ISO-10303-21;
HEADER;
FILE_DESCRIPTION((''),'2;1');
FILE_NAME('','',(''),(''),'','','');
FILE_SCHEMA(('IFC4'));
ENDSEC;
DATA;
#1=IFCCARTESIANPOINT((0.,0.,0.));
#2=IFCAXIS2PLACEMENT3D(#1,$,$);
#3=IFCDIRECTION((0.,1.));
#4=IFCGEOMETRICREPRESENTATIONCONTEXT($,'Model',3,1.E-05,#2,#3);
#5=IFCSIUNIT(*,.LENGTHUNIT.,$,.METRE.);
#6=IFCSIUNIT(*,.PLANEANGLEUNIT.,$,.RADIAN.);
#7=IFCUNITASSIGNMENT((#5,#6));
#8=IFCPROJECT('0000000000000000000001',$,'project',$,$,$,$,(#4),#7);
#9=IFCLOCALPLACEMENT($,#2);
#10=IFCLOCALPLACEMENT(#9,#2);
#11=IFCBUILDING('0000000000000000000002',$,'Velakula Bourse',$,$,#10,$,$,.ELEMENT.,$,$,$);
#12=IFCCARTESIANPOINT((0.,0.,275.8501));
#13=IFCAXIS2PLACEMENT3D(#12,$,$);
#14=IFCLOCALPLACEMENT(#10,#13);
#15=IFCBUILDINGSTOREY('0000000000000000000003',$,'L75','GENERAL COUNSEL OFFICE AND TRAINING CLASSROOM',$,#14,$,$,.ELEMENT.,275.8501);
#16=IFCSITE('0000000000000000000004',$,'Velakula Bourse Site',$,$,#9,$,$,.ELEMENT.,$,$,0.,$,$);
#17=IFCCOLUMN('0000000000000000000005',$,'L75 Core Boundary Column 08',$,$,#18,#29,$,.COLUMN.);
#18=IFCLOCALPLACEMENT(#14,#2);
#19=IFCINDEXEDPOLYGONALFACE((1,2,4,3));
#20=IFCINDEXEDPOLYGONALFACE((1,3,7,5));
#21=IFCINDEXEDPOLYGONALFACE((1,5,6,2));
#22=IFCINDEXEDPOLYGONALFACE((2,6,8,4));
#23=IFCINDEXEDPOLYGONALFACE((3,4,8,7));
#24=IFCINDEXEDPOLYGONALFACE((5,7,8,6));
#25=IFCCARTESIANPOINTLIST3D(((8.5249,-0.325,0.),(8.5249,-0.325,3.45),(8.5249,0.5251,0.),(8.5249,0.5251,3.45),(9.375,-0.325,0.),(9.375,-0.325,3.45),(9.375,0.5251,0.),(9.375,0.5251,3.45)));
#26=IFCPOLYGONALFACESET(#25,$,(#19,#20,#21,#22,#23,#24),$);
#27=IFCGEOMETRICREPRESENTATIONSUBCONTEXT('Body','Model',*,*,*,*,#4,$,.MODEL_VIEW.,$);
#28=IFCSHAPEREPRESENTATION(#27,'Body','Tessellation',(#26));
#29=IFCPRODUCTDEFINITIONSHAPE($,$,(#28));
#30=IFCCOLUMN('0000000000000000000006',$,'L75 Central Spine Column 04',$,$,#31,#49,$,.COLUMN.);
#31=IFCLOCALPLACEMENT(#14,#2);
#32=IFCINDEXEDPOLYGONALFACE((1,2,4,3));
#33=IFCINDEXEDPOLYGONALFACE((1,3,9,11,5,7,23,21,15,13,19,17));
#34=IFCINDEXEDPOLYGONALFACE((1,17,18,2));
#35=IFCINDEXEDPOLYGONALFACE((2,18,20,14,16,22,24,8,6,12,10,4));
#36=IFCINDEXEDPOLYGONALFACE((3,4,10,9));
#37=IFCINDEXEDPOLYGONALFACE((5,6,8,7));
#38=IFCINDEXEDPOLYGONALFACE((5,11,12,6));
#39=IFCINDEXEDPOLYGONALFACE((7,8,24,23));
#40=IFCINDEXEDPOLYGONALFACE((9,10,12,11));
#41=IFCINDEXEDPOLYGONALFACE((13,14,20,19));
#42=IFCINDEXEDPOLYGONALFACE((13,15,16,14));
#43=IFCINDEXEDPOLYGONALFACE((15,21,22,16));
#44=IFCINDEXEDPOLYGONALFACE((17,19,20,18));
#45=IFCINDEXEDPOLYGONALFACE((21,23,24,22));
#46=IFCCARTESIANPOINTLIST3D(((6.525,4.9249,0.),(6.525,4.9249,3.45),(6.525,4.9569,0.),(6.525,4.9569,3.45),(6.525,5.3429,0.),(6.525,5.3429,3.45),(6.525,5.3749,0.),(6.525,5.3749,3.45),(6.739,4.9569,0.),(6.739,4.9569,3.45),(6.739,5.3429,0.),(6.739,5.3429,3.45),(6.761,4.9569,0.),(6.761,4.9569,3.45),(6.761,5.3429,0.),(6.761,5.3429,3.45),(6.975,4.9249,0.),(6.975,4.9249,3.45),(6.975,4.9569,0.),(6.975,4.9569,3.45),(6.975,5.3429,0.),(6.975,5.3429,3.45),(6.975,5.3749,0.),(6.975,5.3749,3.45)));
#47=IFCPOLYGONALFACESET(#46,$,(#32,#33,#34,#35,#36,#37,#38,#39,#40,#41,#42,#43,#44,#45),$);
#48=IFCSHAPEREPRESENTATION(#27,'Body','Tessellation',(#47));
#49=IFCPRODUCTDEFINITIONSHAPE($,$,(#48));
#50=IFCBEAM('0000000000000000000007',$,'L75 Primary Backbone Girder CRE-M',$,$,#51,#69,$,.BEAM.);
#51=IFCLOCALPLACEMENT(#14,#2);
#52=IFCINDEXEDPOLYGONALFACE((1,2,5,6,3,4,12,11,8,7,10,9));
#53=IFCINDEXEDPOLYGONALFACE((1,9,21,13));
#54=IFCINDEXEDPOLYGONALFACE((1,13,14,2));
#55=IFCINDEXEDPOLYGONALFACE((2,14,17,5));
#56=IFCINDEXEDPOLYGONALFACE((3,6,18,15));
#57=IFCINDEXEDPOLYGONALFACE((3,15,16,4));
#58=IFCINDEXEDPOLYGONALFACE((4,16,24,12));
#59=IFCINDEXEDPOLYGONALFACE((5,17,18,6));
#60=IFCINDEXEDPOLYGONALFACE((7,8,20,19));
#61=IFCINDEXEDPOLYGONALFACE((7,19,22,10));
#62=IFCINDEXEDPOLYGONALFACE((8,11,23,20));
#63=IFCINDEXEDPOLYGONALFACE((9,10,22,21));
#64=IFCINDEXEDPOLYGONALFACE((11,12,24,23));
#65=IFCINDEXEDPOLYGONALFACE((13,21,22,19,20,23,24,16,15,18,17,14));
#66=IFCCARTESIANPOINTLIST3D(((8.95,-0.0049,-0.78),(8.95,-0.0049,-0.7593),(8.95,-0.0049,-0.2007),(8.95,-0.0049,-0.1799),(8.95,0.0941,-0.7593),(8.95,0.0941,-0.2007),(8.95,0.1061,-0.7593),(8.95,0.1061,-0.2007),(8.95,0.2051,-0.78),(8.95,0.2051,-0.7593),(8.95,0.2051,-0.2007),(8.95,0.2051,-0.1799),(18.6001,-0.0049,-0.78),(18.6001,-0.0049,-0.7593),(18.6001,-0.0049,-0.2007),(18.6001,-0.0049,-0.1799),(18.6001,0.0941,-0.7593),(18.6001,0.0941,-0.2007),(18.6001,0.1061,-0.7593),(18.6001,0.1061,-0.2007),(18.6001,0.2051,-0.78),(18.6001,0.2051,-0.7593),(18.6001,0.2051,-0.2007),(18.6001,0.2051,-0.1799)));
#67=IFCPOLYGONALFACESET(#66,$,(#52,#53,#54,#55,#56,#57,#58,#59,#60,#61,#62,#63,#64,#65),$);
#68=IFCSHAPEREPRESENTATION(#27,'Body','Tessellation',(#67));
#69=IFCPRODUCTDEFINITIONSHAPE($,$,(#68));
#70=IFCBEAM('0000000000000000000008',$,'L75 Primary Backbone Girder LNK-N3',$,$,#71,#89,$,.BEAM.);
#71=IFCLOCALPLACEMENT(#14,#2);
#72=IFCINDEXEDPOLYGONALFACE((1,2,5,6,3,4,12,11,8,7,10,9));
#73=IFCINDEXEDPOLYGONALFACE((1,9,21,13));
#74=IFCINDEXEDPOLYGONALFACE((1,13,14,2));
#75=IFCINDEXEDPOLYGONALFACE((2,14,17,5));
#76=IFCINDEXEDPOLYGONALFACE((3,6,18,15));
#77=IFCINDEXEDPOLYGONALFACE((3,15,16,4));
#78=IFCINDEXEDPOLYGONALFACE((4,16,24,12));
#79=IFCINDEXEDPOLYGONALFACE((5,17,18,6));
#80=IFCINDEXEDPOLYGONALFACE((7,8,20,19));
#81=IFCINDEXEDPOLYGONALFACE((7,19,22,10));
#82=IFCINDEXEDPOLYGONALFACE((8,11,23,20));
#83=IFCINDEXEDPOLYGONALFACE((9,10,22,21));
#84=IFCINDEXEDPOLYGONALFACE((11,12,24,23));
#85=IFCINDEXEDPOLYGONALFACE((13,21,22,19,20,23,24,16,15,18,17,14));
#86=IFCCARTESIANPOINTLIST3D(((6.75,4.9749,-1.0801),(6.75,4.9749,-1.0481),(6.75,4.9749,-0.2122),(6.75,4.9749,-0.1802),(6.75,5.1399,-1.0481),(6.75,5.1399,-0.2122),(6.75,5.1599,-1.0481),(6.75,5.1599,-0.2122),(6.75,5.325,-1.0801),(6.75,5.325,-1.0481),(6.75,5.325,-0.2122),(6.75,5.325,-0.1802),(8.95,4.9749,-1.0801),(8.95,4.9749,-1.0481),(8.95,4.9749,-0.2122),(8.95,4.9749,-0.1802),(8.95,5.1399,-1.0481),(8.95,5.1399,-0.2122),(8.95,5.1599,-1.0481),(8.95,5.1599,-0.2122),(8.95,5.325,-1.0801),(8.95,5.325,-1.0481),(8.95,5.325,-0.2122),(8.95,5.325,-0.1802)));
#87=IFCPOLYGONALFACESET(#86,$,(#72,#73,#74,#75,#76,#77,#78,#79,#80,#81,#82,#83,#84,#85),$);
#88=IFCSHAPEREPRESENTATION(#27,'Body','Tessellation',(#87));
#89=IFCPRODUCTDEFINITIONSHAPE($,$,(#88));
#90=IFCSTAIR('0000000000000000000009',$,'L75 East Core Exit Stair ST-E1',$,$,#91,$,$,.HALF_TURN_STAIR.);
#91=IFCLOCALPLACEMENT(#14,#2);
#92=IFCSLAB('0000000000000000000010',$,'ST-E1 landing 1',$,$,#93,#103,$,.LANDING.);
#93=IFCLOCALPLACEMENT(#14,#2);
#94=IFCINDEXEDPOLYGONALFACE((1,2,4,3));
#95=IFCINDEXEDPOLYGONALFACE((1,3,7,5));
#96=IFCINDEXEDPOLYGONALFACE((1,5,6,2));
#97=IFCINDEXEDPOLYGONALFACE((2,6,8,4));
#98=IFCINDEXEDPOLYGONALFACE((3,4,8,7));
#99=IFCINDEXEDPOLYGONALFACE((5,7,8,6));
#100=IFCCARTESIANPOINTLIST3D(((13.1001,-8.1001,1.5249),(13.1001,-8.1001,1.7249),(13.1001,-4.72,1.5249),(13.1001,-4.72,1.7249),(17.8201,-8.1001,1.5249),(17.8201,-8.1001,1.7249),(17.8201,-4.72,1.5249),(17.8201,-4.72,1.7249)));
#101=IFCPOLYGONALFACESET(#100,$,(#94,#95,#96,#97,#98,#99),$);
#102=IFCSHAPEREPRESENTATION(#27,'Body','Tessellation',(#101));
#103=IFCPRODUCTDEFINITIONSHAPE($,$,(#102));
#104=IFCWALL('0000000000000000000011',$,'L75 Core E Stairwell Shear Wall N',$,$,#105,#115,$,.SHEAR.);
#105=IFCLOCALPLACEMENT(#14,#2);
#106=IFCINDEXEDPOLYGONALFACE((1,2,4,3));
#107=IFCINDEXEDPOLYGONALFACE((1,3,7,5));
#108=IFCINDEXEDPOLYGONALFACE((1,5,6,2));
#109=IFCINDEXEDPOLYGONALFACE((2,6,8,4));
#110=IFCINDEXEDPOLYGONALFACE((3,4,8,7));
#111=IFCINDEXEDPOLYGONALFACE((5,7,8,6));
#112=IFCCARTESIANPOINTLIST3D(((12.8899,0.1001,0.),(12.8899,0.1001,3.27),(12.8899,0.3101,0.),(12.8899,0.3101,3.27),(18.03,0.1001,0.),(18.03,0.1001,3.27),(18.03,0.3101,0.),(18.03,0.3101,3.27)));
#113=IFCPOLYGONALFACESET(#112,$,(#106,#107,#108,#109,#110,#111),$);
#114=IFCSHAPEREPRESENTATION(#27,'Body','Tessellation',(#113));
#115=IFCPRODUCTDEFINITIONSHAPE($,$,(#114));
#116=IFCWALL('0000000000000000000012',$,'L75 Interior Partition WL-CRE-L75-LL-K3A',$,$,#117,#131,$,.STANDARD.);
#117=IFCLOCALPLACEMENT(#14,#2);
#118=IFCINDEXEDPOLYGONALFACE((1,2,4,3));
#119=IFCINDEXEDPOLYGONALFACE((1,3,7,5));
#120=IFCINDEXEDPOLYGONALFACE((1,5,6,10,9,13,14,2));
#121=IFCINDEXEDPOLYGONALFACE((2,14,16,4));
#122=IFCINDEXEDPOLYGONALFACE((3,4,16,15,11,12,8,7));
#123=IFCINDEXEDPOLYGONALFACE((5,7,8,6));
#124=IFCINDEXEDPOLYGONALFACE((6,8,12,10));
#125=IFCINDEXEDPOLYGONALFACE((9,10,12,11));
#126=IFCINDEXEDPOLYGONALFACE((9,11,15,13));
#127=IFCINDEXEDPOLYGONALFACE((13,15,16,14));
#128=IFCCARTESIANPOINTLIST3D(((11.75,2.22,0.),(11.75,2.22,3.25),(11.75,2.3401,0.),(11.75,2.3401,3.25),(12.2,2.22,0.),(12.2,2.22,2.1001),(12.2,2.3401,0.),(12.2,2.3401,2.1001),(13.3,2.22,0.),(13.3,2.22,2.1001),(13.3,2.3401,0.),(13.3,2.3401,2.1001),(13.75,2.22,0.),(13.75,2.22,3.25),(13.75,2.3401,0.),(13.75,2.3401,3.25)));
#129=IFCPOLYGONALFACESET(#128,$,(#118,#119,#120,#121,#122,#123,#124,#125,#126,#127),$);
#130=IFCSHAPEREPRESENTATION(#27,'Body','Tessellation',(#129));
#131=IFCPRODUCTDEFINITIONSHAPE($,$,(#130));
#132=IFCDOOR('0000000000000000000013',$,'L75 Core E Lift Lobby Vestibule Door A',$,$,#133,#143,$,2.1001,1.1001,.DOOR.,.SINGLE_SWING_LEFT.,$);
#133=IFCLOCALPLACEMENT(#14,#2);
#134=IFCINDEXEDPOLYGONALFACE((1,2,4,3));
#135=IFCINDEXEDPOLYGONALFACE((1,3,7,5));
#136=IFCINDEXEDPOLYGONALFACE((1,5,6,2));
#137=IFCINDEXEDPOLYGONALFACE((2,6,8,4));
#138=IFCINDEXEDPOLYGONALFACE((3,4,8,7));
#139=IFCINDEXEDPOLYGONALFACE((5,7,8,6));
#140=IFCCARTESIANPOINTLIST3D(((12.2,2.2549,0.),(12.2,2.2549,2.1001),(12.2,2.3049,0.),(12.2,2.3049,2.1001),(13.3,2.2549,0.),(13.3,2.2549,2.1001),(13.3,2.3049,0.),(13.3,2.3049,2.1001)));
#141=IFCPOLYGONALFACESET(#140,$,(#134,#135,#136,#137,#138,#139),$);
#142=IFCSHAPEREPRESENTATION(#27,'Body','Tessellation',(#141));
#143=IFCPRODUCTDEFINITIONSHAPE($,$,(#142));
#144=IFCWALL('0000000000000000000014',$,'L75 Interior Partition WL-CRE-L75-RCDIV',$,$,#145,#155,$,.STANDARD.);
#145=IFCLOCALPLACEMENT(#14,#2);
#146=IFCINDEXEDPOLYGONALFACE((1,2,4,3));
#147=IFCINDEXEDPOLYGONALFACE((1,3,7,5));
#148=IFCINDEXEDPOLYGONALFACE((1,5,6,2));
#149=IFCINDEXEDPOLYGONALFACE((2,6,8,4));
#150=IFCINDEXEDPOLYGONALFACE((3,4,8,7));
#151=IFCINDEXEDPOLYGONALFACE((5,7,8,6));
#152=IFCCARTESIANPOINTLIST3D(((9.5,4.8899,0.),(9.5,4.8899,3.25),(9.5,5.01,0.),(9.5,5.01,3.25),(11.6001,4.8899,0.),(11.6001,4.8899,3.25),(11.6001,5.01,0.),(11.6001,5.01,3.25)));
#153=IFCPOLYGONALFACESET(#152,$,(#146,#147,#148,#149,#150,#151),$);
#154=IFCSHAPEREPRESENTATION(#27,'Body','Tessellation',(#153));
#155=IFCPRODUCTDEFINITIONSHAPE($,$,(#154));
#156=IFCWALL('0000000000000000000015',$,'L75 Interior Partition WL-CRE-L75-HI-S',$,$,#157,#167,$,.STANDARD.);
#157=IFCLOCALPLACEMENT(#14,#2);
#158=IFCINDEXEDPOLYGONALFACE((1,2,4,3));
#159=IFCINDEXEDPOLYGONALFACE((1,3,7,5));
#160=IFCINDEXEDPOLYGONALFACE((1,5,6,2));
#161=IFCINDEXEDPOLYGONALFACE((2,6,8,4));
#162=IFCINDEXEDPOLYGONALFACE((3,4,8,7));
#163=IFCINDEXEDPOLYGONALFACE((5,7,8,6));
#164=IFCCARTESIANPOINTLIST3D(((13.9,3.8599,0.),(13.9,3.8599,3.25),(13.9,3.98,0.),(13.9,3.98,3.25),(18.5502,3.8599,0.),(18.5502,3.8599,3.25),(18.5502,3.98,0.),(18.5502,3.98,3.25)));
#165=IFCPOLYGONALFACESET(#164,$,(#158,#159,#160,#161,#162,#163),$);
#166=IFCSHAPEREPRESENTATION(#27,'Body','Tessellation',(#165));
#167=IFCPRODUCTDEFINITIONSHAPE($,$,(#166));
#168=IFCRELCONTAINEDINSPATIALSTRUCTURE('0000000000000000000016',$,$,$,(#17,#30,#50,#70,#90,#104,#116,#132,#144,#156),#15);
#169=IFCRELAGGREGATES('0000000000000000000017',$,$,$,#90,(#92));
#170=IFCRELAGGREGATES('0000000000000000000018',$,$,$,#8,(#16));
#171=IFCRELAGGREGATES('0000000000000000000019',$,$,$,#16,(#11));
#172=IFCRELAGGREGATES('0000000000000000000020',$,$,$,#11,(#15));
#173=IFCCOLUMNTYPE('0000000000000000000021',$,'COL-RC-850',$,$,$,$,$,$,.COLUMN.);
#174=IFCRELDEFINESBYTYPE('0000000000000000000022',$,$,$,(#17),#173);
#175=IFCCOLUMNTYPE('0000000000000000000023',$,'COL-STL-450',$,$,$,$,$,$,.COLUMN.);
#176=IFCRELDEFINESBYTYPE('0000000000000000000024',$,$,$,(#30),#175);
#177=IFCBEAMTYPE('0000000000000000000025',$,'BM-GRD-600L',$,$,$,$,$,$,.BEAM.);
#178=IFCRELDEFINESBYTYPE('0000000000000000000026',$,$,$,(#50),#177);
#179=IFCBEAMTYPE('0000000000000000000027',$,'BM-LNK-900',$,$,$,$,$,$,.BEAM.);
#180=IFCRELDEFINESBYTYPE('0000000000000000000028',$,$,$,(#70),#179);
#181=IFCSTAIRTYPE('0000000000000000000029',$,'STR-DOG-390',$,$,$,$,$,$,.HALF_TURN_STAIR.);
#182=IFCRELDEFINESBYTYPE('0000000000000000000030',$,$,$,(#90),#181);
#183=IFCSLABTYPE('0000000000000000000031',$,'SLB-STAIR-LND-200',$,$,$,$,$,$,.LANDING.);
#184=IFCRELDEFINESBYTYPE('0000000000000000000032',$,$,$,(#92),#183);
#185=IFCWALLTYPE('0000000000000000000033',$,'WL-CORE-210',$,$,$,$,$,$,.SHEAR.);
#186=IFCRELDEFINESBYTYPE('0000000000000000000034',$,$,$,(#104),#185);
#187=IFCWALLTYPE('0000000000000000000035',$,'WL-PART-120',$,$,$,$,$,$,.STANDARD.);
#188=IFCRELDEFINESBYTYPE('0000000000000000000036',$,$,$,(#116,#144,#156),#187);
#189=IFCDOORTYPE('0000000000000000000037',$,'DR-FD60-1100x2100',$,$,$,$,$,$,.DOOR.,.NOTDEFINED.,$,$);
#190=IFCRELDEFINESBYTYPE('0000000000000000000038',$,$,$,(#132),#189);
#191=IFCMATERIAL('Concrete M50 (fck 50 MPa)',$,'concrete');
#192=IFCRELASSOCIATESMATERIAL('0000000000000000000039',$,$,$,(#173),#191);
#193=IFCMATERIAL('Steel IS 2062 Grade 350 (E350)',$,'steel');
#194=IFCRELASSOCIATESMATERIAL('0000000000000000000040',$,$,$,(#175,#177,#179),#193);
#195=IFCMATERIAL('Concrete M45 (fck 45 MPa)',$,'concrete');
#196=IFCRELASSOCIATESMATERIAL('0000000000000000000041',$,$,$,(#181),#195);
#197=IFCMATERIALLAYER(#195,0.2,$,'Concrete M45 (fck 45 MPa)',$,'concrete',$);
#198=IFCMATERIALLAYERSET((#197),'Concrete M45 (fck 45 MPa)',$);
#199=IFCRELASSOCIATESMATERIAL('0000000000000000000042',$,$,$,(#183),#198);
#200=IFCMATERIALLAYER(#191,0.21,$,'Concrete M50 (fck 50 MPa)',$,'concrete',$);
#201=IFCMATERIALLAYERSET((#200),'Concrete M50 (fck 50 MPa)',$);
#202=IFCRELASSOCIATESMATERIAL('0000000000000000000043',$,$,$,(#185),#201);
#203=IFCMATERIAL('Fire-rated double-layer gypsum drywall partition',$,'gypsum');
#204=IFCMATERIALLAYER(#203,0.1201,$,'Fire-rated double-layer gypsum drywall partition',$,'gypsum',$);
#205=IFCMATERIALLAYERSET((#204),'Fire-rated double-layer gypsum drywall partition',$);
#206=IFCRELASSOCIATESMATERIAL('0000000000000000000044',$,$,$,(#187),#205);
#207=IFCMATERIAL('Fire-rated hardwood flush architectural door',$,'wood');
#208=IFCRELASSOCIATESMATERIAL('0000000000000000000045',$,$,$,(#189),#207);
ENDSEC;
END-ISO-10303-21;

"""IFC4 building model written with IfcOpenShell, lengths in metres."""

from ifc_helpers import new_model, si_unit, direction, frame, frame_2d, origin, origin_2d, place, context, subcontext, project, spatial, polyline, rectangle, i_section, outline, extrude, material, layer, layer_set, material_profile, profile_set, type_object, element, fill, aggregate, save


model = new_model("IFC4")

# Units and contexts
model_context = context("Model", 3, precision=1e-05, world=origin(), true_north=direction((0.0, 1.0)))
body_context = subcontext(model_context, "Body", "Model", "MODEL_VIEW")
ifc_project = project(units=[si_unit("LENGTHUNIT", "METRE"), si_unit("PLANEANGLEUNIT", "RADIAN")], contexts=[model_context])

# Site, building, storey
site_placement = place(None, origin())
site = spatial("IfcSite", under=ifc_project, at=site_placement, Name="Velakula Bourse Site", CompositionType="ELEMENT", RefElevation=0.0)
building_placement = place(site_placement, origin())
building = spatial("IfcBuilding", under=site, at=building_placement, Name="Velakula Bourse", CompositionType="ELEMENT")
storey_placement = place(building_placement, frame((0.0, 0.0, 275.8501)))
storey = spatial("IfcBuildingStorey", under=building, at=storey_placement, Name="L75", Description="GENERAL COUNSEL OFFICE AND TRAINING CLASSROOM", CompositionType="ELEMENT", Elevation=275.8501)

# Columns
ifc_material_1 = material(Name="Concrete M50 (fck 50 MPa)", Category="concrete")
ifc_material_profile_1 = material_profile(ifc_material_1, rectangle(XDim=0.8501, YDim=0.8501, at=origin_2d()), Name="Concrete M50 (fck 50 MPa)")
ifc_profile_set_1 = profile_set([ifc_material_profile_1], Name="Concrete M50 (fck 50 MPa)")
column_type_1 = type_object("IfcColumnType", Name="COL-RC-850", PredefinedType="COLUMN", material=ifc_profile_set_1)
column_1_placement = place(storey_placement, frame((8.95, 0.1001, 0.0), z_axis=(0.0, 0.0, 1.0), x_axis=(1.0, 0.0, 0.0)))
element("IfcColumn", 1, at=column_1_placement, inside=storey, type_object=column_type_1, Name="L75 Core Boundary Column 08", PredefinedType="COLUMN", context=body_context, shape_type="SweptSolid", body=[
    extrude(rectangle(XDim=0.8501, YDim=0.8501, at=origin_2d()), origin(), (0.0, 0.0, 1.0), 3.45),
])
ifc_material_2 = material(Name="Steel IS 2062 Grade 350 (E350)", Category="steel")
ifc_material_profile_2 = material_profile(ifc_material_2, i_section(OverallWidth=0.45, OverallDepth=0.45, WebThickness=0.022, FlangeThickness=0.032, at=origin_2d()), Name="Steel IS 2062 Grade 350 (E350)")
ifc_profile_set_2 = profile_set([ifc_material_profile_2], Name="Steel IS 2062 Grade 350 (E350)")
column_type_2 = type_object("IfcColumnType", Name="COL-STL-450", PredefinedType="COLUMN", material=ifc_profile_set_2)
column_2_placement = place(storey_placement, frame((6.75, 5.1499, 0.0), z_axis=(0.0, 0.0, 1.0), x_axis=(1.0, 0.0, 0.0)))
element("IfcColumn", 2, at=column_2_placement, inside=storey, type_object=column_type_2, Name="L75 Central Spine Column 04", PredefinedType="COLUMN", context=body_context, shape_type="SweptSolid", body=[
    extrude(i_section(OverallWidth=0.45, OverallDepth=0.45, WebThickness=0.022, FlangeThickness=0.032, at=origin_2d()), origin(), (0.0, 0.0, 1.0), 3.45),
])

# Beams
ifc_material_profile_3 = material_profile(ifc_material_2, i_section(OverallWidth=0.21, OverallDepth=0.6001, WebThickness=0.012, FlangeThickness=0.0208, at=origin_2d()), Name="Steel IS 2062 Grade 350 (E350)")
ifc_profile_set_3 = profile_set([ifc_material_profile_3], Name="Steel IS 2062 Grade 350 (E350)")
beam_type_1 = type_object("IfcBeamType", Name="BM-GRD-600L", PredefinedType="BEAM", material=ifc_profile_set_3)
beam_1_placement = place(storey_placement, frame((8.95, 0.1001, -0.48), z_axis=(1.0, 0.0, 0.0), x_axis=(0.0, 1.0, 0.0)))
element("IfcBeam", 3, at=beam_1_placement, inside=storey, type_object=beam_type_1, Name="L75 Primary Backbone Girder CRE-M", PredefinedType="BEAM", context=body_context, shape_type="SweptSolid", body=[
    extrude(i_section(OverallWidth=0.21, OverallDepth=0.6001, WebThickness=0.012, FlangeThickness=0.0208, at=origin_2d()), origin(), (0.0, 0.0, 1.0), 9.6501),
])
ifc_material_profile_4 = material_profile(ifc_material_2, i_section(OverallWidth=0.3501, OverallDepth=0.8999, WebThickness=0.02, FlangeThickness=0.032, at=origin_2d()), Name="Steel IS 2062 Grade 350 (E350)")
ifc_profile_set_4 = profile_set([ifc_material_profile_4], Name="Steel IS 2062 Grade 350 (E350)")
beam_type_2 = type_object("IfcBeamType", Name="BM-LNK-900", PredefinedType="BEAM", material=ifc_profile_set_4)
beam_2_placement = place(storey_placement, frame((6.75, 5.1499, -0.6301), z_axis=(1.0, 0.0, 0.0), x_axis=(0.0, 1.0, 0.0)))
element("IfcBeam", 4, at=beam_2_placement, inside=storey, type_object=beam_type_2, Name="L75 Primary Backbone Girder LNK-N3", PredefinedType="BEAM", context=body_context, shape_type="SweptSolid", body=[
    extrude(i_section(OverallWidth=0.3501, OverallDepth=0.8999, WebThickness=0.02, FlangeThickness=0.032, at=origin_2d()), origin(), (0.0, 0.0, 1.0), 2.2),
])

# Stair, slab
ifc_material_3 = material(Name="Concrete M45 (fck 45 MPa)", Category="concrete")
stair_type = type_object("IfcStairType", Name="STR-DOG-390", PredefinedType="HALF_TURN_STAIR", material=ifc_material_3)
stair_placement = place(storey_placement, origin())
stair = element("IfcStair", 5, at=stair_placement, inside=storey, type_object=stair_type, Name="L75 East Core Exit Stair ST-E1", PredefinedType="HALF_TURN_STAIR")
ifc_layer_1 = layer(ifc_material_3, 0.2, Name="Concrete M45 (fck 45 MPa)", Category="concrete")
ifc_layer_set_1 = layer_set([ifc_layer_1], Name="Concrete M45 (fck 45 MPa)")
slab_type = type_object("IfcSlabType", Name="SLB-STAIR-LND-200", PredefinedType="LANDING", material=ifc_layer_set_1)
slab_placement = place(storey_placement, frame((0.0, 0.0, 1.5249)))
slab = element("IfcSlab", 6, at=slab_placement, type_object=slab_type, Name="ST-E1 landing 1", PredefinedType="LANDING", context=body_context, shape_type="SweptSolid", body=[
    extrude(outline(polyline([(13.1001, -4.72), (13.1001, -8.1001), (17.8201, -8.1001), (17.8201, -4.72), (13.1001, -4.72)])), origin(), (0.0, 0.0, 1.0), 0.2),
])
aggregate(stair, [slab])

# Wall
ifc_layer_2 = layer(ifc_material_1, 0.21, Name="Concrete M50 (fck 50 MPa)", Category="concrete")
ifc_layer_set_2 = layer_set([ifc_layer_2], Name="Concrete M50 (fck 50 MPa)")
wall_type_1 = type_object("IfcWallType", Name="WL-CORE-210", PredefinedType="SHEAR", material=ifc_layer_set_2)
wall_1_placement = place(storey_placement, frame((18.03, 0.2051, 0.0), z_axis=(0.0, 0.0, 1.0), x_axis=(-1.0, 0.0, 0.0)))
element("IfcWall", 7, at=wall_1_placement, inside=storey, type_object=wall_type_1, Name="L75 Core E Stairwell Shear Wall N", PredefinedType="SHEAR", context=body_context, shape_type="SweptSolid", body=[
    extrude(rectangle(XDim=5.1401, YDim=0.21, at=frame_2d((2.5701, 0.0))), origin(), (0.0, 0.0, 1.0), 3.27),
])

# Wall, opening, door
ifc_material_4 = material(Name="Fire-rated double-layer gypsum drywall partition", Category="gypsum")
ifc_layer_3 = layer(ifc_material_4, 0.1201, Name="Fire-rated double-layer gypsum drywall partition", Category="gypsum")
ifc_layer_set_3 = layer_set([ifc_layer_3], Name="Fire-rated double-layer gypsum drywall partition")
wall_type_2 = type_object("IfcWallType", Name="WL-PART-120", PredefinedType="STANDARD", material=ifc_layer_set_3)
wall_2_placement = place(storey_placement, frame((11.75, 2.28, 0.0), z_axis=(0.0, 0.0, 1.0), x_axis=(1.0, 0.0, 0.0)))
wall_2 = element("IfcWall", 8, at=wall_2_placement, inside=storey, type_object=wall_type_2, Name="L75 Interior Partition WL-CRE-L75-LL-K3A", PredefinedType="STANDARD", context=body_context, shape_type="SweptSolid", body=[
    extrude(rectangle(XDim=2.0, YDim=0.1201, at=frame_2d((1.0, 0.0))), origin(), (0.0, 0.0, 1.0), 3.25),
])
opening_1_placement = place(wall_2_placement, frame((0.45, 0.0, 0.0)))
opening_1 = element("IfcOpeningElement", 9, at=opening_1_placement, cuts=wall_2, PredefinedType="OPENING", context=body_context, shape_type="SweptSolid", body=[
    extrude(rectangle(XDim=1.1001, YDim=2.1001, at=frame_2d((0.55, 1.05))), frame((0.0, 0.0701, 0.0), z_axis=(0.0, -1.0, 0.0), x_axis=(1.0, 0.0, 0.0)), (0.0, 0.0, 1.0), 0.1401),
])
ifc_material_5 = material(Name="Fire-rated hardwood flush architectural door", Category="wood")
door_type_1 = type_object("IfcDoorType", Name="DR-FD60-1100x2100", OperationType="NOTDEFINED", PredefinedType="DOOR", material=ifc_material_5)
door_1_placement = place(opening_1_placement, origin())
door_1 = element("IfcDoor", 10, at=door_1_placement, inside=storey, type_object=door_type_1, Name="L75 Core E Lift Lobby Vestibule Door A", OperationType="SINGLE_SWING_LEFT", OverallHeight=2.1001, OverallWidth=1.1001, PredefinedType="DOOR", context=body_context, shape_type="SweptSolid", body=[
    extrude(rectangle(XDim=1.1001, YDim=2.1001, at=frame_2d((0.55, 1.05))), frame((0.0, 0.0249, 0.0), z_axis=(0.0, -1.0, 0.0), x_axis=(1.0, 0.0, 0.0)), (0.0, 0.0, 1.0), 0.05),
])
fill(opening_1, door_1)

# Walls
wall_3_placement = place(storey_placement, frame((9.5, 4.95, 0.0), z_axis=(0.0, 0.0, 1.0), x_axis=(1.0, 0.0, 0.0)))
element("IfcWall", 11, at=wall_3_placement, inside=storey, type_object=wall_type_2, Name="L75 Interior Partition WL-CRE-L75-RCDIV", PredefinedType="STANDARD", context=body_context, shape_type="SweptSolid", body=[
    extrude(rectangle(XDim=2.1001, YDim=0.1201, at=frame_2d((1.05, 0.0))), origin(), (0.0, 0.0, 1.0), 3.25),
])
wall_4_placement = place(storey_placement, frame((13.8999, 3.9199, 0.0), z_axis=(0.0, 0.0, 1.0), x_axis=(1.0, 0.0, 0.0)))
element("IfcWall", 12, at=wall_4_placement, inside=storey, type_object=wall_type_2, Name="L75 Interior Partition WL-CRE-L75-HI-S", PredefinedType="STANDARD", context=body_context, shape_type="SweptSolid", body=[
    extrude(rectangle(XDim=4.6501, YDim=0.1201, at=frame_2d((2.3252, 0.0))), origin(), (0.0, 0.0, 1.0), 3.25),
])

save(model, "model.ifc")
